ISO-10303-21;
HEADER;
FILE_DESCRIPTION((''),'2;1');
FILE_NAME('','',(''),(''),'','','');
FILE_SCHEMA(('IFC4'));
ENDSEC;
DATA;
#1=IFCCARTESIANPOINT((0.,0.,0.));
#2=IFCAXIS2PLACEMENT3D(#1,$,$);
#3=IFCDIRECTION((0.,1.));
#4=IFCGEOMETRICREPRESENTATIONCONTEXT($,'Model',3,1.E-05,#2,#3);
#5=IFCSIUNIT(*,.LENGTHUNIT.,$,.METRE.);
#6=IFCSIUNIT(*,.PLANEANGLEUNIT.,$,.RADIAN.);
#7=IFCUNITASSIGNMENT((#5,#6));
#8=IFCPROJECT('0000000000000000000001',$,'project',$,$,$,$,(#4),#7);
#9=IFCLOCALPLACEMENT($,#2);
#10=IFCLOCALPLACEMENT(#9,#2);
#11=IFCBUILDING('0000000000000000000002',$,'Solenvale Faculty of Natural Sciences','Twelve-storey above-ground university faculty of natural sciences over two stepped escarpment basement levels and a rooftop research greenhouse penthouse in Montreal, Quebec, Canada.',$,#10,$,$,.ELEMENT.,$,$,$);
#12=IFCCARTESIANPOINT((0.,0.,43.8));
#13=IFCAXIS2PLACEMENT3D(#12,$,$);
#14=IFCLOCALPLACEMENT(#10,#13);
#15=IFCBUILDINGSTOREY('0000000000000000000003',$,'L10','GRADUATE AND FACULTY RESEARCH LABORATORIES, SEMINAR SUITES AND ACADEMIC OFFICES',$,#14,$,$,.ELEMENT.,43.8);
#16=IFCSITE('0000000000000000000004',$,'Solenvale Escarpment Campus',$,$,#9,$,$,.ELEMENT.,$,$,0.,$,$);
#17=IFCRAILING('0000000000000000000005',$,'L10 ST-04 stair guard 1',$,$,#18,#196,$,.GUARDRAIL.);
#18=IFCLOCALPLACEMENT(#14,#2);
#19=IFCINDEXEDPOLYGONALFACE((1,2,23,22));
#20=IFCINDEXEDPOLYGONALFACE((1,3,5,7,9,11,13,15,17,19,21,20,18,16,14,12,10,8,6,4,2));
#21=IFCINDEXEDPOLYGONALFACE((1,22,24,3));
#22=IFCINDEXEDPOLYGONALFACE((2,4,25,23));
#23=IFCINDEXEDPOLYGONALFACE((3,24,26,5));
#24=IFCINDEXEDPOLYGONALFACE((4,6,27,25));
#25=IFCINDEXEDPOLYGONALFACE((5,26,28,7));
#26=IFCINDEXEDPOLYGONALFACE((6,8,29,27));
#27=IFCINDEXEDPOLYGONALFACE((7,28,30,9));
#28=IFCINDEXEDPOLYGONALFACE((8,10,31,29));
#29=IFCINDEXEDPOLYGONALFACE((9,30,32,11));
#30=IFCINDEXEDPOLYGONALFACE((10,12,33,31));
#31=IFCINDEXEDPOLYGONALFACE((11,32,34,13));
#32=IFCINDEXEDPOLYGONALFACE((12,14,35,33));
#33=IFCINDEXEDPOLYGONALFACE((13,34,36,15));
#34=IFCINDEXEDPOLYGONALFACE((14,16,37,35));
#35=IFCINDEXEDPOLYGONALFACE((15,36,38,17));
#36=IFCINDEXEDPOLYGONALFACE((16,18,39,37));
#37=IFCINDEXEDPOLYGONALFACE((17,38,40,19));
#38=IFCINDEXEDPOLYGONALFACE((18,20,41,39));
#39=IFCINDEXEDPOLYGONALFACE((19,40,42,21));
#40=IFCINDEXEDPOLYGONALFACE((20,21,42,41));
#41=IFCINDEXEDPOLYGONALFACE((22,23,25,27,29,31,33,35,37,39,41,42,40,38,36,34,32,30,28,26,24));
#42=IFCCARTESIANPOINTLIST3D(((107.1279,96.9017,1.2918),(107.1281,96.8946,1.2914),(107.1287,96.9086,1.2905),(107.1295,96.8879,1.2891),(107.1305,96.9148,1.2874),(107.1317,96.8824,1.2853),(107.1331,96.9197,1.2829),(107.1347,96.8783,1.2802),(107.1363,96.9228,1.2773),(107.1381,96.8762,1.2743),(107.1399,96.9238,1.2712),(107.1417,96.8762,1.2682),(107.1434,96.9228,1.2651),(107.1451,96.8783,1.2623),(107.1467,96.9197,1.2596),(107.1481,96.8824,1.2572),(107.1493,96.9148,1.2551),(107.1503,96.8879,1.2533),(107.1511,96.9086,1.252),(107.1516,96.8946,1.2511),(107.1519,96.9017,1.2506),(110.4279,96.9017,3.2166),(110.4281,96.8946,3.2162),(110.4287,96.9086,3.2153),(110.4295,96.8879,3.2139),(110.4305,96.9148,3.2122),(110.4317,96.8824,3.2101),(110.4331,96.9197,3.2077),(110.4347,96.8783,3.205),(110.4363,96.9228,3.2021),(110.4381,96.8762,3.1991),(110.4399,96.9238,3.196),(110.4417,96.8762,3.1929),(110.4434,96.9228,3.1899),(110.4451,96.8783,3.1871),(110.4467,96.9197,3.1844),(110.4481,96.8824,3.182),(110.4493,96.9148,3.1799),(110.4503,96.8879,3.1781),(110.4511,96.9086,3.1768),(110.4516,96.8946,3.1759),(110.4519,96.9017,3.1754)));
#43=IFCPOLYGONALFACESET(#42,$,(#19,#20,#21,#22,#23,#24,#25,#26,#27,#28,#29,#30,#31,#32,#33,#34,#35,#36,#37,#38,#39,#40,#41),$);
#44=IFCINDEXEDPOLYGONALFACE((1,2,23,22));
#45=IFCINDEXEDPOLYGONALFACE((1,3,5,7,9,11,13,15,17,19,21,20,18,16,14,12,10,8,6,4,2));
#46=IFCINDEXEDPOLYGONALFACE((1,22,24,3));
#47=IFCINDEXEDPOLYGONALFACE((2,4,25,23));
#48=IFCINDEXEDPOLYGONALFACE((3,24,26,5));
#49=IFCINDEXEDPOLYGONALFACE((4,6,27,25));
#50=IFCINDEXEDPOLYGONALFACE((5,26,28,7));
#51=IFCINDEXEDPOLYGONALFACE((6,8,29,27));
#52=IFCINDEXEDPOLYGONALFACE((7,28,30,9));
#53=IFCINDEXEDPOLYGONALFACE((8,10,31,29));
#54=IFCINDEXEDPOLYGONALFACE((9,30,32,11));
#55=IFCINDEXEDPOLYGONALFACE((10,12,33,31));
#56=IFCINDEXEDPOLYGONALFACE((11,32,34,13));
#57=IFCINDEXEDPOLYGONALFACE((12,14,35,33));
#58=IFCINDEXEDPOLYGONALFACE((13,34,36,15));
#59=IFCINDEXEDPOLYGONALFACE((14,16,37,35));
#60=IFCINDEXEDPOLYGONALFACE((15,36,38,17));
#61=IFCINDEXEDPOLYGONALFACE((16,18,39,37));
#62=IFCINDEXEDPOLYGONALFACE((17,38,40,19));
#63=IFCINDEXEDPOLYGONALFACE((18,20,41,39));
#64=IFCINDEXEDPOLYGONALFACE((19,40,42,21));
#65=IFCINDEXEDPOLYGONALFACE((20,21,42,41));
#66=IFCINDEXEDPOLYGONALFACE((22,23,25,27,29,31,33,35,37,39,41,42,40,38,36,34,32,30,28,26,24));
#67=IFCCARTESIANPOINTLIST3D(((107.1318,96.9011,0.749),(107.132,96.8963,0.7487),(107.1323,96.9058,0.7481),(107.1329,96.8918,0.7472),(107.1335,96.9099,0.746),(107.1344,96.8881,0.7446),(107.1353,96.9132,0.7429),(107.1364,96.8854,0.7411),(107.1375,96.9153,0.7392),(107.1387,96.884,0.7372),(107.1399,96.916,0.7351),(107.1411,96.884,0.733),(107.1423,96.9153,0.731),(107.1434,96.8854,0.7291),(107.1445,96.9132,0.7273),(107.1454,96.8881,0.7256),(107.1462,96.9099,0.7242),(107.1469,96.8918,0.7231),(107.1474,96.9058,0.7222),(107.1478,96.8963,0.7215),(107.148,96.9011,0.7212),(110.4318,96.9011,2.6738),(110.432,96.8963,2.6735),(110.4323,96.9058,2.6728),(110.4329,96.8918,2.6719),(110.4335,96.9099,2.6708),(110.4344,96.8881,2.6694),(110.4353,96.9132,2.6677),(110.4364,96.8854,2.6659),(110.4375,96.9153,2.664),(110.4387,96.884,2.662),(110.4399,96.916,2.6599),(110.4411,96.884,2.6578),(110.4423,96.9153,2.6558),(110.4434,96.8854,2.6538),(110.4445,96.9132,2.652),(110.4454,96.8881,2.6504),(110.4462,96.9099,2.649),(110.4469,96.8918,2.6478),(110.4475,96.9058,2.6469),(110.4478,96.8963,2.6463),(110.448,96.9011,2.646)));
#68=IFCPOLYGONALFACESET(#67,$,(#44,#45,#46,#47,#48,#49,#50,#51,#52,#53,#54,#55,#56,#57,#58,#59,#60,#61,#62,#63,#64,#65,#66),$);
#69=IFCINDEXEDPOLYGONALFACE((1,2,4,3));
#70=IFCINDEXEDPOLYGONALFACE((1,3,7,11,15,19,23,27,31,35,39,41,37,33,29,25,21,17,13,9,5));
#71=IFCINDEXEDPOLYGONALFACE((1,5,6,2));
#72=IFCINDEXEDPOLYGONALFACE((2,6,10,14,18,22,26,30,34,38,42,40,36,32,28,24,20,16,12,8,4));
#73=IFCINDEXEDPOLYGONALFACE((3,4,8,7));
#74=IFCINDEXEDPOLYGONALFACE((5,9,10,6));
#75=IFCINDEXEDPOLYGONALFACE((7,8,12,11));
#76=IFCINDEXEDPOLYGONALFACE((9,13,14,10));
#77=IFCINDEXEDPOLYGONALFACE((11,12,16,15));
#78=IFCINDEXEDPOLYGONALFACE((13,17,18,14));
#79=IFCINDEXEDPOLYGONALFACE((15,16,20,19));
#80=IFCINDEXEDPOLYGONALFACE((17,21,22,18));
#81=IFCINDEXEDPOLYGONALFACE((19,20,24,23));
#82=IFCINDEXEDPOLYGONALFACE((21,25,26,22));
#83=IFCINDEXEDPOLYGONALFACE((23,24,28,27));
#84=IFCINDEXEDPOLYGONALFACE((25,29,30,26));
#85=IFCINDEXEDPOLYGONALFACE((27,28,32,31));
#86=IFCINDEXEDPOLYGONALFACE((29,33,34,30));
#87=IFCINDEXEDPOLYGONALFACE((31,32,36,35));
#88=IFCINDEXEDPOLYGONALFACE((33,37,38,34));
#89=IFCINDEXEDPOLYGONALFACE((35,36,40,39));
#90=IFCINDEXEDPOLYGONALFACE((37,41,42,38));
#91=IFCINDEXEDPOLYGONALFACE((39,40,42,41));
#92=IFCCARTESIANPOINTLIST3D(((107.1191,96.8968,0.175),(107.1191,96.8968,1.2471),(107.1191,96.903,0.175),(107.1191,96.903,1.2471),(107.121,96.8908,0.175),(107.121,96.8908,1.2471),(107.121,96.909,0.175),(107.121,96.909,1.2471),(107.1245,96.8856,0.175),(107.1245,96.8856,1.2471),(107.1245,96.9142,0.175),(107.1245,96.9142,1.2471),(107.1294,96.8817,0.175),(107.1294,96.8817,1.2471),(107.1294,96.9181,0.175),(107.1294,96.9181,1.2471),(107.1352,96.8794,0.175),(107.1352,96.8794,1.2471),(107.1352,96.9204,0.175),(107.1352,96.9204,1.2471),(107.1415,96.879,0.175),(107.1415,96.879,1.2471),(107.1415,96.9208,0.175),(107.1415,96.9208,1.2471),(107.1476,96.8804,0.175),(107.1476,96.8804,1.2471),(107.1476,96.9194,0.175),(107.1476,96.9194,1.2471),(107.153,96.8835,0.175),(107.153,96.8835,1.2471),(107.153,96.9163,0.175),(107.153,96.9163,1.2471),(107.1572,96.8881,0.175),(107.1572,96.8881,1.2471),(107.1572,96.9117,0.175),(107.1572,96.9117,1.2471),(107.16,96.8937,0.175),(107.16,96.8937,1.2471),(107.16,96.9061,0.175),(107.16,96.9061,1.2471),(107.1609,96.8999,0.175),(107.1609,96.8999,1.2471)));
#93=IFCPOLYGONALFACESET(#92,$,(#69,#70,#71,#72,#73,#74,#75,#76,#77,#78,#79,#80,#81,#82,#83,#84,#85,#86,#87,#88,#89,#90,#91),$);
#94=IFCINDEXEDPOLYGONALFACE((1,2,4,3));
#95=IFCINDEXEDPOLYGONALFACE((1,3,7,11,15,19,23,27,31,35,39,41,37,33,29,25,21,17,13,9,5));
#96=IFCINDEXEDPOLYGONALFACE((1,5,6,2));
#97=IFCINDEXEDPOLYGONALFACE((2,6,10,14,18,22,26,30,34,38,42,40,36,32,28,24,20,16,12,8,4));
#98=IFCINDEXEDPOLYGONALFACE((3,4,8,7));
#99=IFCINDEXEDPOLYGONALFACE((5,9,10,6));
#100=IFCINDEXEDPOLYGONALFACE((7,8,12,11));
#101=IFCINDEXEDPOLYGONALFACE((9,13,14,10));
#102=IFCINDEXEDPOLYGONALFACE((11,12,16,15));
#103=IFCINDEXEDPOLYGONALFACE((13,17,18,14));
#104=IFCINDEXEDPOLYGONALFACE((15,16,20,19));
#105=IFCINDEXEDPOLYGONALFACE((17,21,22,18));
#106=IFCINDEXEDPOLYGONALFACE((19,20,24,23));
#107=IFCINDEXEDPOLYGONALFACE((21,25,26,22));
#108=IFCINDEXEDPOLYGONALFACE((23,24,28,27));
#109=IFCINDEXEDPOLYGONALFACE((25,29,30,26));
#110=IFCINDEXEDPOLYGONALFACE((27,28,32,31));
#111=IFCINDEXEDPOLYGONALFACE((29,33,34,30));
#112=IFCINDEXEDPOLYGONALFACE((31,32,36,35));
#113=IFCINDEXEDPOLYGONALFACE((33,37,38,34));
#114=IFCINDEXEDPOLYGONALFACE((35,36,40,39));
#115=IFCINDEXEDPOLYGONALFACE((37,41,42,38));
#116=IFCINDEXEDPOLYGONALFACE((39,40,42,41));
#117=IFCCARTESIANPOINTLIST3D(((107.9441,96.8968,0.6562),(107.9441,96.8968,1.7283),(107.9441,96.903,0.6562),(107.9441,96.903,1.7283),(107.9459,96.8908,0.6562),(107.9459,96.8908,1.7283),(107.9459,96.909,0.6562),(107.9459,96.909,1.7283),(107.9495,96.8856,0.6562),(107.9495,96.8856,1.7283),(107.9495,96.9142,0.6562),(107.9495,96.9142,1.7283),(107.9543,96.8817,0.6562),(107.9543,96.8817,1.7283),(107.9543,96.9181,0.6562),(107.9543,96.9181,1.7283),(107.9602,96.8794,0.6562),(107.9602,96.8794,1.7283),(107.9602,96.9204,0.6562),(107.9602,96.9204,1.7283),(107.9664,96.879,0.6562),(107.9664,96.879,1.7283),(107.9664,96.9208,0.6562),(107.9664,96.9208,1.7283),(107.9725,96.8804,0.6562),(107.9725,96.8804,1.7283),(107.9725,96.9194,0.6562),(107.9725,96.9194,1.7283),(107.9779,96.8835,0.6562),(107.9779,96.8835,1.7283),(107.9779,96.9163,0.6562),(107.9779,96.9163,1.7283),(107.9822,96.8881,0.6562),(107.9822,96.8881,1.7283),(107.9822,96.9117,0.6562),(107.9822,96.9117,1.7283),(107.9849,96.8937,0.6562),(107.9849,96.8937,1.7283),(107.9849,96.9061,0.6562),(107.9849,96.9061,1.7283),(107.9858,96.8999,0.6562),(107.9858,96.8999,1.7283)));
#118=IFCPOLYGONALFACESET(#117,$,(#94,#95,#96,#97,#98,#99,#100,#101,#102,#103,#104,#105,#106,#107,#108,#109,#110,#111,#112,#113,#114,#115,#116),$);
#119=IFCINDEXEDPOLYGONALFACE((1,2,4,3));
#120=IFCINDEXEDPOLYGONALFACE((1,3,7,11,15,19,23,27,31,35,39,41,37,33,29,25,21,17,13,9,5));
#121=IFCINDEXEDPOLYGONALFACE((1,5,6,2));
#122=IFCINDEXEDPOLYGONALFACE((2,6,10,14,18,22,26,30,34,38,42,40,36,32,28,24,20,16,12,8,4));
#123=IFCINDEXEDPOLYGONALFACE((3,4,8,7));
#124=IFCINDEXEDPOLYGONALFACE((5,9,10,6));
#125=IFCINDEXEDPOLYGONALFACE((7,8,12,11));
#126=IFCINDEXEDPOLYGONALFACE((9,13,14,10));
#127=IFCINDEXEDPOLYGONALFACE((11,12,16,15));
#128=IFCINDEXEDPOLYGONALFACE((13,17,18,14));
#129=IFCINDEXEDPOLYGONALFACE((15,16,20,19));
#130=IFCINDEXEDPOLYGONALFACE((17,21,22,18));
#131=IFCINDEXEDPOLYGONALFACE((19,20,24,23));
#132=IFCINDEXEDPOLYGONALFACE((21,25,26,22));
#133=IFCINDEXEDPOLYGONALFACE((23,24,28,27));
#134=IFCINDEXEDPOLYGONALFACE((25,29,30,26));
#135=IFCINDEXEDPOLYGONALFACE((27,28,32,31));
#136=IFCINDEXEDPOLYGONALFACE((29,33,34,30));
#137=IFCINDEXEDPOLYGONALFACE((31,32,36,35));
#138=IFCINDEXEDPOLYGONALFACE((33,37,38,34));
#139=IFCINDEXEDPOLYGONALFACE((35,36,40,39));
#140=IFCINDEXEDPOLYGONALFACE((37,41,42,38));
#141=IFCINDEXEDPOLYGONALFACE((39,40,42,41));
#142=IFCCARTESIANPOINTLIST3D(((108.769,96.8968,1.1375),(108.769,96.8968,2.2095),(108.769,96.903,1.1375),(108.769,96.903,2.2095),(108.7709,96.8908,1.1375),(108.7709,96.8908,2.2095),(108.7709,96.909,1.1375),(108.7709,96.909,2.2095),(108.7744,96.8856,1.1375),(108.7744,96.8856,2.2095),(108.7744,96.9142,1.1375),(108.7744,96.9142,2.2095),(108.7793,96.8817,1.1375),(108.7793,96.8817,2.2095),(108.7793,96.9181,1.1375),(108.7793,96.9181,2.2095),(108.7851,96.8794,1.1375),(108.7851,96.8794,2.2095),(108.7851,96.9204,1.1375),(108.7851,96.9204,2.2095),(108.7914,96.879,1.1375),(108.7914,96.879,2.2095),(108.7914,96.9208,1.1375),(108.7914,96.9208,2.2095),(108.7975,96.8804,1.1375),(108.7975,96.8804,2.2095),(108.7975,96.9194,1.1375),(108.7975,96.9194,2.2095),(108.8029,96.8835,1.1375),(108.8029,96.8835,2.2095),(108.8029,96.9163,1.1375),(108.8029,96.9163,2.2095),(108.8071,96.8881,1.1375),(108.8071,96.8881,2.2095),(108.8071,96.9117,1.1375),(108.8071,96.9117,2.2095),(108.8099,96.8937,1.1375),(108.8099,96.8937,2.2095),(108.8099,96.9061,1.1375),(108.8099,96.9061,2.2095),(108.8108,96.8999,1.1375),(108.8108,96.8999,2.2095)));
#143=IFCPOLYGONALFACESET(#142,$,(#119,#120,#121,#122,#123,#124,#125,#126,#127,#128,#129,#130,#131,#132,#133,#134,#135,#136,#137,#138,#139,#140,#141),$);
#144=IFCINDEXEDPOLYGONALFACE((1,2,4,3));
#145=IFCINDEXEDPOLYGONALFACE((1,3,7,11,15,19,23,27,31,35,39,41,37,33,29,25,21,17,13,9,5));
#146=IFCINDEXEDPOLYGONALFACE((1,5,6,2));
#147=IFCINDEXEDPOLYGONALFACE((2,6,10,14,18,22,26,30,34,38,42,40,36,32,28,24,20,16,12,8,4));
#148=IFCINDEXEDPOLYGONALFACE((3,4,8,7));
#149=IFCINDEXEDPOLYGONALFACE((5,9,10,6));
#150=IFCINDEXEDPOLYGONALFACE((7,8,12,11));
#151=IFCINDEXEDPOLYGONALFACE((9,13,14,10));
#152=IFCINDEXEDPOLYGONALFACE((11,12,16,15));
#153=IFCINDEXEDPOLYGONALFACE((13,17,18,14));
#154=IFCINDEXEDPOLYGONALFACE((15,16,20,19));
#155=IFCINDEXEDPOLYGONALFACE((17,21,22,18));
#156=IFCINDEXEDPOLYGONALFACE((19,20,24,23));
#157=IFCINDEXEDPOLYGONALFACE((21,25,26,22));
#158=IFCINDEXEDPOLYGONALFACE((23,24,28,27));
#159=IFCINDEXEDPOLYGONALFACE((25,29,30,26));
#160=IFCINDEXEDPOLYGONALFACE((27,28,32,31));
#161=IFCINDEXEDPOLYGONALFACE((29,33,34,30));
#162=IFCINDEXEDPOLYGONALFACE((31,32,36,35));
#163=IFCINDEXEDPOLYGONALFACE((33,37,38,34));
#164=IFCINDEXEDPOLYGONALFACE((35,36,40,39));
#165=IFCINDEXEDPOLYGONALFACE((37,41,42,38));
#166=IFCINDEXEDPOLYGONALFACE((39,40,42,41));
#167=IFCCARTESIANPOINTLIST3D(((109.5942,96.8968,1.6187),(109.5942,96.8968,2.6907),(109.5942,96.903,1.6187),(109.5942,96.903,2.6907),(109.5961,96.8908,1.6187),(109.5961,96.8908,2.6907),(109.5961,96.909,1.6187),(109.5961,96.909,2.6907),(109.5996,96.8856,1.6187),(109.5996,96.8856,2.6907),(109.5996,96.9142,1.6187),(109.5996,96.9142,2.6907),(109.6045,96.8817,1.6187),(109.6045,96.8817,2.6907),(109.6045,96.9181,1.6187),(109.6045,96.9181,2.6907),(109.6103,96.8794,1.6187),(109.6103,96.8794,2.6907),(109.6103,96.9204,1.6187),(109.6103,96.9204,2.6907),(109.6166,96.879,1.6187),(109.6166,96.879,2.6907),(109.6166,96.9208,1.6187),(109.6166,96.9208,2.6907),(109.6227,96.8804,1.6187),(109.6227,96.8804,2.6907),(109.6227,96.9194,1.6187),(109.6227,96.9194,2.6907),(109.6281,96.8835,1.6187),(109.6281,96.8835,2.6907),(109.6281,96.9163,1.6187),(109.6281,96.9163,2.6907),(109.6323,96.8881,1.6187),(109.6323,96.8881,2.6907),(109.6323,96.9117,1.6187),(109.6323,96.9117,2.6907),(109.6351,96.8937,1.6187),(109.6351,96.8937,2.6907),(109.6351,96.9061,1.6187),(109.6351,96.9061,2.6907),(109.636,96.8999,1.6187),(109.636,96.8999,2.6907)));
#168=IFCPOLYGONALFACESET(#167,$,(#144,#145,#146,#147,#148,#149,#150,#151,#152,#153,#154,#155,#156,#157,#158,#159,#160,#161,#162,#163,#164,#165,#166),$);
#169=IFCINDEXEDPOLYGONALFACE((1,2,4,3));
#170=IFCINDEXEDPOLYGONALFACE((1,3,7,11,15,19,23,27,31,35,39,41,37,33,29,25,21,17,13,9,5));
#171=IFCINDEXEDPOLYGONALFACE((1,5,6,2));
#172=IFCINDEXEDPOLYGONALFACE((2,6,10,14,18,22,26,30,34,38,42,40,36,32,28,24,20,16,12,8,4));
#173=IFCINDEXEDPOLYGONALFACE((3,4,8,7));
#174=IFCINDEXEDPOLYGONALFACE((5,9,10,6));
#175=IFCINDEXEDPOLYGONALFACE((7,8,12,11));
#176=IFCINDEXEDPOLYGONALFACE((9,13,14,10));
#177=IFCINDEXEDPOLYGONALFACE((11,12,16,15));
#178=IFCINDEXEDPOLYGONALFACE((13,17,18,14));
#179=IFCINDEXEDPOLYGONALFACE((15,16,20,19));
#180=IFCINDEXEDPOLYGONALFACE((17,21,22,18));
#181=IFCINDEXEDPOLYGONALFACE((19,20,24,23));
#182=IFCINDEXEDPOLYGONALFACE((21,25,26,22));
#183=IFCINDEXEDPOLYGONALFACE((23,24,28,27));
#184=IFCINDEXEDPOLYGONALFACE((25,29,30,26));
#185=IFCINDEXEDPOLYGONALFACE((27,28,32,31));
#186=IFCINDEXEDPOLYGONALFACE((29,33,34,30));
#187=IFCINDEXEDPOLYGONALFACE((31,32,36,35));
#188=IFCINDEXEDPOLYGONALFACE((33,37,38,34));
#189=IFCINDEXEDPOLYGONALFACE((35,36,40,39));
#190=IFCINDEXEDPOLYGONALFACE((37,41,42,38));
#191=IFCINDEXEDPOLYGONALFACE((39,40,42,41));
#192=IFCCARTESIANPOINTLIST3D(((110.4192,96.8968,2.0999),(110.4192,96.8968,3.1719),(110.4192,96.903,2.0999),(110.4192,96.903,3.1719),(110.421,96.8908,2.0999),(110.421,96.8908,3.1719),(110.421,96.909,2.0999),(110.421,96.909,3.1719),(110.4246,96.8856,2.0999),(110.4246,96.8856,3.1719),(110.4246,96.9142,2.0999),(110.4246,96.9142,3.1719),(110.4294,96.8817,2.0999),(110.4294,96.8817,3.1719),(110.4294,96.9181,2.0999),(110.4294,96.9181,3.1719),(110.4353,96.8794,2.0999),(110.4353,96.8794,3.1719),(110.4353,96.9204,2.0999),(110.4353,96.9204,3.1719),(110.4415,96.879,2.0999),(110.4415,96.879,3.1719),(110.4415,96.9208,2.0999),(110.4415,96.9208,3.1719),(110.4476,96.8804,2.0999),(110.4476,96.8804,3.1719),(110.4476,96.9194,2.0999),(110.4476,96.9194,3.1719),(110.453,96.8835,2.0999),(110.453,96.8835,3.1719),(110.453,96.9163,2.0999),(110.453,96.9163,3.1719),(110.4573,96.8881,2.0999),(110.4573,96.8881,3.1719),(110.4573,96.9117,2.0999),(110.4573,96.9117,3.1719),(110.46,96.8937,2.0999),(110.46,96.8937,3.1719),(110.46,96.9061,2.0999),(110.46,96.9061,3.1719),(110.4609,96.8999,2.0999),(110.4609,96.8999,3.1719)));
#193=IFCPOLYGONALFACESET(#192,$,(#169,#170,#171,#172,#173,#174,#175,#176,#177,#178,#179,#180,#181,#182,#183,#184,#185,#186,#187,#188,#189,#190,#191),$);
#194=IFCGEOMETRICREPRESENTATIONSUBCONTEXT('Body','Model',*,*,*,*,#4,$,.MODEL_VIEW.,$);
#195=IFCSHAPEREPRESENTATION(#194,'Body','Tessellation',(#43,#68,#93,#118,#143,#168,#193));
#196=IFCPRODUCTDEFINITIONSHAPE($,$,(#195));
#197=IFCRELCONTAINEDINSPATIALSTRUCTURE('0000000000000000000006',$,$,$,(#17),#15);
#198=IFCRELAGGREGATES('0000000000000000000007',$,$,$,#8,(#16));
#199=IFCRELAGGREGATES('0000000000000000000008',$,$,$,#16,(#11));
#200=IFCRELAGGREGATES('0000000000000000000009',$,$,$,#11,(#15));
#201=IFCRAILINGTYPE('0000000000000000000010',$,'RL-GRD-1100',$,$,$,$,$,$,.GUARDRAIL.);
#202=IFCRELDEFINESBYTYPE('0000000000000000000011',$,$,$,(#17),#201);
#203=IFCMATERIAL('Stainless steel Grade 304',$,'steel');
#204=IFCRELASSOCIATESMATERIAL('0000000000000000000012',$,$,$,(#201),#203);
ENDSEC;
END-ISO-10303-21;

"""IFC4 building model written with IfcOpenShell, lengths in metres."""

from ifc_helpers import new_model, si_unit, direction, frame, origin, origin_2d, place, context, subcontext, project, spatial, circle, extrude, material, type_object, element, save


model = new_model("IFC4")

# Units and contexts
model_context = context("Model", 3, precision=1e-05, world=origin(), true_north=direction((0.0, 1.0)))
body_context = subcontext(model_context, "Body", "Model", "MODEL_VIEW")
ifc_project = project(units=[si_unit("LENGTHUNIT", "METRE"), si_unit("PLANEANGLEUNIT", "RADIAN")], contexts=[model_context])

# Site, building, storey
site_placement = place(None, origin())
site = spatial("IfcSite", under=ifc_project, at=site_placement, Name="Solenvale Escarpment Campus", CompositionType="ELEMENT", RefElevation=0.0)
building_placement = place(site_placement, origin())
building = spatial("IfcBuilding", under=site, at=building_placement, Name="Solenvale Faculty of Natural Sciences", Description="Twelve-storey above-ground university faculty of natural sciences over two stepped escarpment basement levels and a rooftop research greenhouse penthouse in Montreal, Quebec, Canada.", CompositionType="ELEMENT")
storey_placement = place(building_placement, frame((0.0, 0.0, 43.8)))
storey = spatial("IfcBuildingStorey", under=building, at=storey_placement, Name="L10", Description="GRADUATE AND FACULTY RESEARCH LABORATORIES, SEMINAR SUITES AND ACADEMIC OFFICES", CompositionType="ELEMENT", Elevation=43.8)

# Railing
ifc_material_1 = material(Name="Stainless steel Grade 304", Category="steel")
railing_type_1 = type_object("IfcRailingType", Name="RL-GRD-1100", PredefinedType="GUARDRAIL", material=ifc_material_1)
railing_1_placement = place(storey_placement, frame((107.1399, 96.8999, 0.175)))
element("IfcRailing", 1, at=railing_1_placement, inside=storey, type_object=railing_type_1, Name="L10 ST-04 stair guard 1", PredefinedType="GUARDRAIL", context=body_context, shape_type="SweptSolid", body=[
    extrude(circle(Radius=0.0239, at=origin_2d()), frame((0.0, 0.0, 1.0962), z_axis=(0.863804, 0.0, 0.503827), x_axis=(0.0, 1.0, 0.0)), (0.0, 0.0, 1.0), 3.8203),
    extrude(circle(Radius=0.0161, at=origin_2d()), frame((0.0, 0.0, 0.5601), z_axis=(0.863804, 0.0, 0.503827), x_axis=(0.0, 1.0, 0.0)), (0.0, 0.0, 1.0), 3.8203),
    extrude(circle(Radius=0.021, at=origin_2d()), origin(), (0.0, 0.0, 1.0), 1.072),
    extrude(circle(Radius=0.021, at=origin_2d()), frame((0.825, 0.0, 0.4812)), (0.0, 0.0, 1.0), 1.072),
    extrude(circle(Radius=0.021, at=origin_2d()), frame((1.6499, 0.0, 0.9624)), (0.0, 0.0, 1.0), 1.072),
    extrude(circle(Radius=0.021, at=origin_2d()), frame((2.4751, 0.0, 1.4436)), (0.0, 0.0, 1.0), 1.072),
    extrude(circle(Radius=0.021, at=origin_2d()), frame((3.3, 0.0, 1.9248)), (0.0, 0.0, 1.0), 1.072),
])

save(model, "model.ifc")
